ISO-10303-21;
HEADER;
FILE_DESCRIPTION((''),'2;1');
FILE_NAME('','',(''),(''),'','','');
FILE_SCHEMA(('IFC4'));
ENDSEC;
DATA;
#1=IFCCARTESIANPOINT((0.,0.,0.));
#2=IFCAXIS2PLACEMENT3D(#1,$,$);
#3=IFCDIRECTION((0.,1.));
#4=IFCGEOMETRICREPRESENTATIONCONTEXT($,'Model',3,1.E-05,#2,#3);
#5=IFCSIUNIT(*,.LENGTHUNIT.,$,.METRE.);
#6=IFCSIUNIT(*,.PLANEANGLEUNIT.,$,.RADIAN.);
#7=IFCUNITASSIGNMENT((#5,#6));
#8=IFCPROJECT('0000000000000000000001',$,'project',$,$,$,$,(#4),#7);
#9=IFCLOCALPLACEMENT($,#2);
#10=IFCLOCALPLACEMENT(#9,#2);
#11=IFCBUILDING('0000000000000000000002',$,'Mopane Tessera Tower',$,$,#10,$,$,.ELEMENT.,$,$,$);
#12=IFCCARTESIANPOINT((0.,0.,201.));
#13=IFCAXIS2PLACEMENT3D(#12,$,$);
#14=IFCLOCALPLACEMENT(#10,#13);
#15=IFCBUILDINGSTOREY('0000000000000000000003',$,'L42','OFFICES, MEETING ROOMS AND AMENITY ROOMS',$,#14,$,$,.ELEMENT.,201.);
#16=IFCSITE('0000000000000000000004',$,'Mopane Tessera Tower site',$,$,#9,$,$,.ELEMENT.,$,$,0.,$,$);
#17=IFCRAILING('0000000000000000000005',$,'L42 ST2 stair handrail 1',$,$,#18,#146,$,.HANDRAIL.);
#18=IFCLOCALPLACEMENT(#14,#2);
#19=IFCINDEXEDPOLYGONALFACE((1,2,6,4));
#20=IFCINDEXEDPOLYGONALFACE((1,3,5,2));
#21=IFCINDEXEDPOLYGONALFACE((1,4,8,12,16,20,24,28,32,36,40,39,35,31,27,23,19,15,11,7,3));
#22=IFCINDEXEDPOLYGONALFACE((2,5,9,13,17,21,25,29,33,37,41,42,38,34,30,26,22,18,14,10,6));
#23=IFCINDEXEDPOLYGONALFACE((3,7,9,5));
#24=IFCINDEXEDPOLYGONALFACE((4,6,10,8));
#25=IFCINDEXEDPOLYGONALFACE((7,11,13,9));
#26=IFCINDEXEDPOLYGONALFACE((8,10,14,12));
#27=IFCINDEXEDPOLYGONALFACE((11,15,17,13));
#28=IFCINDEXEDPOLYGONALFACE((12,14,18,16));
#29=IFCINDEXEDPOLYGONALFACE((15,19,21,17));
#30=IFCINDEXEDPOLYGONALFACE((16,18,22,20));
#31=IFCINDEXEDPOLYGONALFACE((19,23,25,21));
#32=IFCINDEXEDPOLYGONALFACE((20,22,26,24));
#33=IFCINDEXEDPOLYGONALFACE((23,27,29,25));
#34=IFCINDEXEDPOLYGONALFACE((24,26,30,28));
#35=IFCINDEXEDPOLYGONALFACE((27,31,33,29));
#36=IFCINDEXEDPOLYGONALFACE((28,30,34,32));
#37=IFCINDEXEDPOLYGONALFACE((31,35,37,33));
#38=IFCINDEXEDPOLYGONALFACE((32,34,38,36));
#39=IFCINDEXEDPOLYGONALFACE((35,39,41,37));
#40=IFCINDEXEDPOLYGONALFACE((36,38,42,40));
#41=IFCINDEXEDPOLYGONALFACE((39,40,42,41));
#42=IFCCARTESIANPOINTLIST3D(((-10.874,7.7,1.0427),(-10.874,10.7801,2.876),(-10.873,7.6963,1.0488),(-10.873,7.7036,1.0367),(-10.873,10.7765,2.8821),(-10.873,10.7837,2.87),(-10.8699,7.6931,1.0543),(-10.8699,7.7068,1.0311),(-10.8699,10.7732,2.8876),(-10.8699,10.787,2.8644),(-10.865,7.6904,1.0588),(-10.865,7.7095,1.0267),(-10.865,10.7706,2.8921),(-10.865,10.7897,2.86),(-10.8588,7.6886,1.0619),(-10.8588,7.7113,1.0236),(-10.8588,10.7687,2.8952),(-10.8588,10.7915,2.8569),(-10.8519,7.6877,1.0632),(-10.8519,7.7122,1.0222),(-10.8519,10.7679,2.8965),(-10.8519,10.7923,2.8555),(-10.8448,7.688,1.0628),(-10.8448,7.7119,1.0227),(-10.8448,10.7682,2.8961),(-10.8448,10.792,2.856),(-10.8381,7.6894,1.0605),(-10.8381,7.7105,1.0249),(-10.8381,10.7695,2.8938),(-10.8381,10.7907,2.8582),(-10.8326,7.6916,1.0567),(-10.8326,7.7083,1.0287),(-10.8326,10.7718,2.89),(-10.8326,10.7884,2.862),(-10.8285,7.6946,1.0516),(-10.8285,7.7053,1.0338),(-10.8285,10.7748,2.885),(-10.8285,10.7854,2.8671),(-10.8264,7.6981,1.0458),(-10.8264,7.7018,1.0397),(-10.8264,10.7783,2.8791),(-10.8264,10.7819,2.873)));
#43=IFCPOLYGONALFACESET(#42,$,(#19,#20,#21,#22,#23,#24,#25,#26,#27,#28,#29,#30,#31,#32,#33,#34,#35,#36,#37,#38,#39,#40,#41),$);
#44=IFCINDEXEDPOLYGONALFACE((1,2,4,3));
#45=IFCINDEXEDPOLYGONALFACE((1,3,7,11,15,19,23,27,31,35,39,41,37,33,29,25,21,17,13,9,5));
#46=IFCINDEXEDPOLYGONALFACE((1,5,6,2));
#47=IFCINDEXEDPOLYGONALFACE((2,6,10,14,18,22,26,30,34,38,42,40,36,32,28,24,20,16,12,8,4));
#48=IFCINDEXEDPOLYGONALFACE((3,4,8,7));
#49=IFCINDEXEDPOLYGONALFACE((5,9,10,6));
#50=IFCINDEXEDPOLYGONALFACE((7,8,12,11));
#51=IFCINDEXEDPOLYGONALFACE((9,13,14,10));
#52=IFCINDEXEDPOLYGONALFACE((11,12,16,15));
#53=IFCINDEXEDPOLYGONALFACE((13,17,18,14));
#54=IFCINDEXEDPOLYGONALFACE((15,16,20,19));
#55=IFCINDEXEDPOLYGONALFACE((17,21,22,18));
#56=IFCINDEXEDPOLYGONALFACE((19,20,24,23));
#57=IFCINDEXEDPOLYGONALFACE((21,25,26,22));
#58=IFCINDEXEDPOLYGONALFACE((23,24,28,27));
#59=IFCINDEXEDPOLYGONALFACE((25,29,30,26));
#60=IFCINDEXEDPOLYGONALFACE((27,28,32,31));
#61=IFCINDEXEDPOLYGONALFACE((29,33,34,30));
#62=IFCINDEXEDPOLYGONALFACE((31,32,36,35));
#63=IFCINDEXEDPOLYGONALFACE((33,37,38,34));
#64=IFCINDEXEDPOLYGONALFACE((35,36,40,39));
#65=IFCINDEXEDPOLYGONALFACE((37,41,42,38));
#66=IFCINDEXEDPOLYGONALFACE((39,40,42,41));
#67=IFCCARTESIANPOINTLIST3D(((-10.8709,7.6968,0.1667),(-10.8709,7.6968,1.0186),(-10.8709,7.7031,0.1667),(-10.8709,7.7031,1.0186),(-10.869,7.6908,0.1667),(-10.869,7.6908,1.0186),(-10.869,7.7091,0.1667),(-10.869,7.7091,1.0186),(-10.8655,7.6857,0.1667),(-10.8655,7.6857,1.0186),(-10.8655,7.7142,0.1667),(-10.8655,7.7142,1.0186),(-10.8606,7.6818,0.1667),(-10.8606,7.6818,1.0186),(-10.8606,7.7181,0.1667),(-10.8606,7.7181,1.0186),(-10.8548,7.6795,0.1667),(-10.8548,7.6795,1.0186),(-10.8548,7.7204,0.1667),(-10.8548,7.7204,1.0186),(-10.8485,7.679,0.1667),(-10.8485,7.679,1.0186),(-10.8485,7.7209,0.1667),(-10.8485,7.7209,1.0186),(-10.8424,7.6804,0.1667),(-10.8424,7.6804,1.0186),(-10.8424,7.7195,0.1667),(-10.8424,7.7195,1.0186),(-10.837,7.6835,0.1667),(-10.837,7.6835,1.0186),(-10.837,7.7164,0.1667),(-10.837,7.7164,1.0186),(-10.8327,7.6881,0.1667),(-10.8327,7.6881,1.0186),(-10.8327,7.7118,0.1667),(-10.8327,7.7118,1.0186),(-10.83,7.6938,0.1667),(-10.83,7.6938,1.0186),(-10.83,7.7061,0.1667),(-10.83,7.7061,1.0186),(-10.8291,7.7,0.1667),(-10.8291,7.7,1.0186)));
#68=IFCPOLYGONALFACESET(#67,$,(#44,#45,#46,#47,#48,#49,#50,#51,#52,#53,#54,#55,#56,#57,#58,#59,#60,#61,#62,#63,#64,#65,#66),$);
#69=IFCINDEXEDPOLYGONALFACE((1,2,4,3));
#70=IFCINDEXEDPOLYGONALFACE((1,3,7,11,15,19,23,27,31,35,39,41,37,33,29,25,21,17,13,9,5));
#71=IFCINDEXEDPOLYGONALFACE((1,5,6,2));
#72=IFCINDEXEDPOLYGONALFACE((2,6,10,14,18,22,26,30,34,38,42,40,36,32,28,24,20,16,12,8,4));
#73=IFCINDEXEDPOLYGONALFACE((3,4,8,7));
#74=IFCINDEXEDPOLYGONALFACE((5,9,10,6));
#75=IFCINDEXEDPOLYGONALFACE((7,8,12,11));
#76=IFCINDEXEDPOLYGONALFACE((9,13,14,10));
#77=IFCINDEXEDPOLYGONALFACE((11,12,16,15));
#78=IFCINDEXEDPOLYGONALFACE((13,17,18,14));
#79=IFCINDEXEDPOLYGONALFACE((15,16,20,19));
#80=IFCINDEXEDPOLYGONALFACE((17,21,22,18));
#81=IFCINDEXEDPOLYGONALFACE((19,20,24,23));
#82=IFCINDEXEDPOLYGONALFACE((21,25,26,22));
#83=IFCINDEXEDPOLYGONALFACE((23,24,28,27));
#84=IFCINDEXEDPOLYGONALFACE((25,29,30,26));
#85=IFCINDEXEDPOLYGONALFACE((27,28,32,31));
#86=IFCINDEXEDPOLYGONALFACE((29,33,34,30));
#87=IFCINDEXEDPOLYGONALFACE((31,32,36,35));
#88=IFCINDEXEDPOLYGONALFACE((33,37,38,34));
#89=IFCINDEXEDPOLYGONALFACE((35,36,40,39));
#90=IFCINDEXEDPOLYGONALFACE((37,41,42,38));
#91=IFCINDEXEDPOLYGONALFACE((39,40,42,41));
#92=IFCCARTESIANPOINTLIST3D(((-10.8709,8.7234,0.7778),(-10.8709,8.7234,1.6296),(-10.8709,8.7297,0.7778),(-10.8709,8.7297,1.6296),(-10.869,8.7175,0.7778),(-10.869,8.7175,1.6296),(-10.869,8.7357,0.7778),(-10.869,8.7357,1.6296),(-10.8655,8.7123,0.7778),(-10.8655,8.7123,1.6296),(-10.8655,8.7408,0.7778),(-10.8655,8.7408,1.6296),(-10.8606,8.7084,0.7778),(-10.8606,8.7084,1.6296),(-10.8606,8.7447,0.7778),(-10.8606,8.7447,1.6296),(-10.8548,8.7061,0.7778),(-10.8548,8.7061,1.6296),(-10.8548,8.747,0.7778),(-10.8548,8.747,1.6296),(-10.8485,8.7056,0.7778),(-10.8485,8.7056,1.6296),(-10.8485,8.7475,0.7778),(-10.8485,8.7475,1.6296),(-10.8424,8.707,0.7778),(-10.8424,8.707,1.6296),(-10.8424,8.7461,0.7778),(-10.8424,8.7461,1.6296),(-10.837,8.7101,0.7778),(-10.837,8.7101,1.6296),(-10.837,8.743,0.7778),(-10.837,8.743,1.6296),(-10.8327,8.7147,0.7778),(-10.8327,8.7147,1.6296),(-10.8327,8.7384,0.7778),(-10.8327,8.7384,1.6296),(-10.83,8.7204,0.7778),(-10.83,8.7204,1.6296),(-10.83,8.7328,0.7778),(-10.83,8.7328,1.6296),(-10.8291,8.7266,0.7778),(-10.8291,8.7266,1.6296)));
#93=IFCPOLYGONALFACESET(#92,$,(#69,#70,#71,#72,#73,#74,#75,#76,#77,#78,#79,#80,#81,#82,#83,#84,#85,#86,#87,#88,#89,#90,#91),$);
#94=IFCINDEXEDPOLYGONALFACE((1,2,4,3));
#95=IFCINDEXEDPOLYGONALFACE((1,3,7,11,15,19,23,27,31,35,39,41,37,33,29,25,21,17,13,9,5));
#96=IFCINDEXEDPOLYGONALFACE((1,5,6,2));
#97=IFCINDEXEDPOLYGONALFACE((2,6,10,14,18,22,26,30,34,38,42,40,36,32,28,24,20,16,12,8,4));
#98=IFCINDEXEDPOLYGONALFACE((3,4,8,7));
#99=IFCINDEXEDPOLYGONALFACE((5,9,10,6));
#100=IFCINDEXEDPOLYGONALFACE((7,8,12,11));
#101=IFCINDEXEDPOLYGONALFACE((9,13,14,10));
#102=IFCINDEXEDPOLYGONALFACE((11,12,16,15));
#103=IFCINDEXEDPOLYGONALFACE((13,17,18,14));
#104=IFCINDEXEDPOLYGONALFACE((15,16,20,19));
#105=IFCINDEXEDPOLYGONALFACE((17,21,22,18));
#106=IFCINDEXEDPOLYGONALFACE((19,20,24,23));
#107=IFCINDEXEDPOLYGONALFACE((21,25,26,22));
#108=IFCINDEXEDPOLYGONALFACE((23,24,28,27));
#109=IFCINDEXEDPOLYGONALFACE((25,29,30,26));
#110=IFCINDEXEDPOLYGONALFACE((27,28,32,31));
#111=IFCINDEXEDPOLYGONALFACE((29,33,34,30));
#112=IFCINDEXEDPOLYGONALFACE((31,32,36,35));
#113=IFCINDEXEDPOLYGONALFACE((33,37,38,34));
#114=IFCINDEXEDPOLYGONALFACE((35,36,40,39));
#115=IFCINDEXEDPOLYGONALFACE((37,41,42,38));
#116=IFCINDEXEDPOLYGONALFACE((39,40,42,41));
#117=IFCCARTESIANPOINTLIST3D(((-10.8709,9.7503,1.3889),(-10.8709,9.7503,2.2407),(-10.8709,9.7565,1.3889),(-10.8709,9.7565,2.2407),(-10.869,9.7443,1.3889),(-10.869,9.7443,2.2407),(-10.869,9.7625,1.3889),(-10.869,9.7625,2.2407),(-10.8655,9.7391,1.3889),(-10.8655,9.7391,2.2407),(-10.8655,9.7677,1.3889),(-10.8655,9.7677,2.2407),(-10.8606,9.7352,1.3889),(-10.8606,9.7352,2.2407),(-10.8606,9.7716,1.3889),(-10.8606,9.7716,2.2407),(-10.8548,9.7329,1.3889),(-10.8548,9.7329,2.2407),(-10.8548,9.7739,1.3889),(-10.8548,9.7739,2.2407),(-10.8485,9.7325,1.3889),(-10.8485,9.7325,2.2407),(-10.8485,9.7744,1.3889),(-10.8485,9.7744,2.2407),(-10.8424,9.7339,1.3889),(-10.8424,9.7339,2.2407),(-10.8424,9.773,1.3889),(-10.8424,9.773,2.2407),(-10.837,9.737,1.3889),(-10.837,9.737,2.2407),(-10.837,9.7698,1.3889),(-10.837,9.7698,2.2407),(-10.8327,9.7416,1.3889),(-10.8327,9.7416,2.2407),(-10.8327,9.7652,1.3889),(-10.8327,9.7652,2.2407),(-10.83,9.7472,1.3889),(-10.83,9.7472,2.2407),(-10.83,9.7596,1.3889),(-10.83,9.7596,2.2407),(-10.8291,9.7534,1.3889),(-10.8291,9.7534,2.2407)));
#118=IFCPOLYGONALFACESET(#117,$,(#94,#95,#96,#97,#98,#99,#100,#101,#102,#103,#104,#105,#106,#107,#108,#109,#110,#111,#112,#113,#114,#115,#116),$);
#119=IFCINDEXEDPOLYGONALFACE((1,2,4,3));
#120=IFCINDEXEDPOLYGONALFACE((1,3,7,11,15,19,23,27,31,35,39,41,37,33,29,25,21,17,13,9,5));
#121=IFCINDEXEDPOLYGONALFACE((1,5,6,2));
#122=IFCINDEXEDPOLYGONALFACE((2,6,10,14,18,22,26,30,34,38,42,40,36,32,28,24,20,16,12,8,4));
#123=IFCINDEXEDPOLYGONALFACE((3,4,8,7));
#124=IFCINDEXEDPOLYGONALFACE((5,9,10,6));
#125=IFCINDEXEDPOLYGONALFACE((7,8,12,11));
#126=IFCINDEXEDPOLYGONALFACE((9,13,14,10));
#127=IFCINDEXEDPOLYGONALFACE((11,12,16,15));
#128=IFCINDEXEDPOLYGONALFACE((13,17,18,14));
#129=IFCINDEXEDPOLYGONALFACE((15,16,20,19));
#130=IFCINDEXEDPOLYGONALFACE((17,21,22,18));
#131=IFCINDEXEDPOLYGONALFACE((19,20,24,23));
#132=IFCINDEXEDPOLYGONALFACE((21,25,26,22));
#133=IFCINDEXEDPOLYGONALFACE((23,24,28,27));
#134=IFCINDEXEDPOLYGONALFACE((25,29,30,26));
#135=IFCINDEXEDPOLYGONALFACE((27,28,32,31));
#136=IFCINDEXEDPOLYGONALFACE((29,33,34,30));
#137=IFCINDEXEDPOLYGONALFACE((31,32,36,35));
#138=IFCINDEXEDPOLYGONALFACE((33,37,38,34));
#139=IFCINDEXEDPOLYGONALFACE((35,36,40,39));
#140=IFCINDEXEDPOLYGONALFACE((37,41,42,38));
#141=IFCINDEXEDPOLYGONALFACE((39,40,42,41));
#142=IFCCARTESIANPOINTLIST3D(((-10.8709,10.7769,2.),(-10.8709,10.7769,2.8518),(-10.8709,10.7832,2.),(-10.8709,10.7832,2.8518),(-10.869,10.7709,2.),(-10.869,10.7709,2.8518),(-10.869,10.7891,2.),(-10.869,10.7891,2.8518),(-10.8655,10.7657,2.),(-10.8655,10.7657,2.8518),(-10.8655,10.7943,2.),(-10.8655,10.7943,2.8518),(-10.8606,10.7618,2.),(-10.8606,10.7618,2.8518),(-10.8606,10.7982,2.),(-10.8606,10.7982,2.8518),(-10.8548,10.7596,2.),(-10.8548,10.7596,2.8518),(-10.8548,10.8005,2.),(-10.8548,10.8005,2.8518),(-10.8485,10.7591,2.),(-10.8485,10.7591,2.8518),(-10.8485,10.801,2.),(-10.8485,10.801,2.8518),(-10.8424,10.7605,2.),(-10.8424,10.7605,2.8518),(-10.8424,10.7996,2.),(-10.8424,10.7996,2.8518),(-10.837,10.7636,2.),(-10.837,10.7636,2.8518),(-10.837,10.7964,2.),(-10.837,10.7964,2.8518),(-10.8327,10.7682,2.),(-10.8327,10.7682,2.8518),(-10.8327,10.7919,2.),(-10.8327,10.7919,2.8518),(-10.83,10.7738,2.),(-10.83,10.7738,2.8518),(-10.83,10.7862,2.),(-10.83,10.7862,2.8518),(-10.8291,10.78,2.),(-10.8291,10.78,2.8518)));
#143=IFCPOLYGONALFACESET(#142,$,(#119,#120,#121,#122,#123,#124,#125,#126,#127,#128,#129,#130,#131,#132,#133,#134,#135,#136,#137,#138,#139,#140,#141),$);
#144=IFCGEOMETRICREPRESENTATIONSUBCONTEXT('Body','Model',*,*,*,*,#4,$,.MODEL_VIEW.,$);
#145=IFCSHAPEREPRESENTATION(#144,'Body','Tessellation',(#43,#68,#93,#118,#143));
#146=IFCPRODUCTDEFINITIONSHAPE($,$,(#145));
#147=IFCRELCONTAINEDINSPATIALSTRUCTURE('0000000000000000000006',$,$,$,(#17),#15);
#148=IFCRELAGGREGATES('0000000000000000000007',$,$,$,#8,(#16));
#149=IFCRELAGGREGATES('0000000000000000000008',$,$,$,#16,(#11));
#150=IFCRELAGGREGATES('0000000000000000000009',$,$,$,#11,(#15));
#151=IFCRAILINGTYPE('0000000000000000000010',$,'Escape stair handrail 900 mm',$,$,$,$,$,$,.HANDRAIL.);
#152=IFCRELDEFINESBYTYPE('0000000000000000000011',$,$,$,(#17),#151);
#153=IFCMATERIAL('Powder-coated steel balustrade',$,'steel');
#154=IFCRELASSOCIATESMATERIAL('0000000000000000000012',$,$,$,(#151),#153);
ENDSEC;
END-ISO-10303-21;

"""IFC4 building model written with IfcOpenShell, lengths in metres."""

from ifc_helpers import new_model, si_unit, direction, frame, origin, origin_2d, place, context, subcontext, project, spatial, circle, extrude, material, type_object, element, save


model = new_model("IFC4")

# Units and contexts
model_context = context("Model", 3, precision=1e-05, world=origin(), true_north=direction((0.0, 1.0)))
body_context = subcontext(model_context, "Body", "Model", "MODEL_VIEW")
ifc_project = project(units=[si_unit("LENGTHUNIT", "METRE"), si_unit("PLANEANGLEUNIT", "RADIAN")], contexts=[model_context])

# Site, building, storey
site_placement = place(None, origin())
site = spatial("IfcSite", under=ifc_project, at=site_placement, Name="Mopane Tessera Tower site", CompositionType="ELEMENT", RefElevation=0.0)
building_placement = place(site_placement, origin())
building = spatial("IfcBuilding", under=site, at=building_placement, Name="Mopane Tessera Tower", CompositionType="ELEMENT")
storey_placement = place(building_placement, frame((0.0, 0.0, 201.0)))
storey = spatial("IfcBuildingStorey", under=building, at=storey_placement, Name="L42", Description="OFFICES, MEETING ROOMS AND AMENITY ROOMS", CompositionType="ELEMENT", Elevation=201.0)

# Railing
ifc_material_1 = material(Name="Powder-coated steel balustrade", Category="steel")
railing_type_1 = type_object("IfcRailingType", Name="Escape stair handrail 900 mm", PredefinedType="HANDRAIL", material=ifc_material_1)
railing_1_placement = place(storey_placement, frame((-10.8501, 7.7, 0.1667)))
element("IfcRailing", 1, at=railing_1_placement, inside=storey, type_object=railing_type_1, Name="L42 ST2 stair handrail 1", PredefinedType="HANDRAIL", context=body_context, shape_type="SweptSolid", body=[
    extrude(circle(Radius=0.0239, at=origin_2d()), frame((0.0, 0.0, 0.876), z_axis=(0.0, 0.859309, 0.511458), x_axis=(-1.0, 0.0, 0.0)), (0.0, 0.0, 1.0), 3.5845),
    extrude(circle(Radius=0.021, at=origin_2d()), origin(), (0.0, 0.0, 1.0), 0.8518),
    extrude(circle(Radius=0.021, at=origin_2d()), frame((0.0, 1.0266, 0.6111)), (0.0, 0.0, 1.0), 0.8518),
    extrude(circle(Radius=0.021, at=origin_2d()), frame((0.0, 2.0535, 1.2222)), (0.0, 0.0, 1.0), 0.8518),
    extrude(circle(Radius=0.021, at=origin_2d()), frame((0.0, 3.0801, 1.8333)), (0.0, 0.0, 1.0), 0.8518),
])

save(model, "model.ifc")
